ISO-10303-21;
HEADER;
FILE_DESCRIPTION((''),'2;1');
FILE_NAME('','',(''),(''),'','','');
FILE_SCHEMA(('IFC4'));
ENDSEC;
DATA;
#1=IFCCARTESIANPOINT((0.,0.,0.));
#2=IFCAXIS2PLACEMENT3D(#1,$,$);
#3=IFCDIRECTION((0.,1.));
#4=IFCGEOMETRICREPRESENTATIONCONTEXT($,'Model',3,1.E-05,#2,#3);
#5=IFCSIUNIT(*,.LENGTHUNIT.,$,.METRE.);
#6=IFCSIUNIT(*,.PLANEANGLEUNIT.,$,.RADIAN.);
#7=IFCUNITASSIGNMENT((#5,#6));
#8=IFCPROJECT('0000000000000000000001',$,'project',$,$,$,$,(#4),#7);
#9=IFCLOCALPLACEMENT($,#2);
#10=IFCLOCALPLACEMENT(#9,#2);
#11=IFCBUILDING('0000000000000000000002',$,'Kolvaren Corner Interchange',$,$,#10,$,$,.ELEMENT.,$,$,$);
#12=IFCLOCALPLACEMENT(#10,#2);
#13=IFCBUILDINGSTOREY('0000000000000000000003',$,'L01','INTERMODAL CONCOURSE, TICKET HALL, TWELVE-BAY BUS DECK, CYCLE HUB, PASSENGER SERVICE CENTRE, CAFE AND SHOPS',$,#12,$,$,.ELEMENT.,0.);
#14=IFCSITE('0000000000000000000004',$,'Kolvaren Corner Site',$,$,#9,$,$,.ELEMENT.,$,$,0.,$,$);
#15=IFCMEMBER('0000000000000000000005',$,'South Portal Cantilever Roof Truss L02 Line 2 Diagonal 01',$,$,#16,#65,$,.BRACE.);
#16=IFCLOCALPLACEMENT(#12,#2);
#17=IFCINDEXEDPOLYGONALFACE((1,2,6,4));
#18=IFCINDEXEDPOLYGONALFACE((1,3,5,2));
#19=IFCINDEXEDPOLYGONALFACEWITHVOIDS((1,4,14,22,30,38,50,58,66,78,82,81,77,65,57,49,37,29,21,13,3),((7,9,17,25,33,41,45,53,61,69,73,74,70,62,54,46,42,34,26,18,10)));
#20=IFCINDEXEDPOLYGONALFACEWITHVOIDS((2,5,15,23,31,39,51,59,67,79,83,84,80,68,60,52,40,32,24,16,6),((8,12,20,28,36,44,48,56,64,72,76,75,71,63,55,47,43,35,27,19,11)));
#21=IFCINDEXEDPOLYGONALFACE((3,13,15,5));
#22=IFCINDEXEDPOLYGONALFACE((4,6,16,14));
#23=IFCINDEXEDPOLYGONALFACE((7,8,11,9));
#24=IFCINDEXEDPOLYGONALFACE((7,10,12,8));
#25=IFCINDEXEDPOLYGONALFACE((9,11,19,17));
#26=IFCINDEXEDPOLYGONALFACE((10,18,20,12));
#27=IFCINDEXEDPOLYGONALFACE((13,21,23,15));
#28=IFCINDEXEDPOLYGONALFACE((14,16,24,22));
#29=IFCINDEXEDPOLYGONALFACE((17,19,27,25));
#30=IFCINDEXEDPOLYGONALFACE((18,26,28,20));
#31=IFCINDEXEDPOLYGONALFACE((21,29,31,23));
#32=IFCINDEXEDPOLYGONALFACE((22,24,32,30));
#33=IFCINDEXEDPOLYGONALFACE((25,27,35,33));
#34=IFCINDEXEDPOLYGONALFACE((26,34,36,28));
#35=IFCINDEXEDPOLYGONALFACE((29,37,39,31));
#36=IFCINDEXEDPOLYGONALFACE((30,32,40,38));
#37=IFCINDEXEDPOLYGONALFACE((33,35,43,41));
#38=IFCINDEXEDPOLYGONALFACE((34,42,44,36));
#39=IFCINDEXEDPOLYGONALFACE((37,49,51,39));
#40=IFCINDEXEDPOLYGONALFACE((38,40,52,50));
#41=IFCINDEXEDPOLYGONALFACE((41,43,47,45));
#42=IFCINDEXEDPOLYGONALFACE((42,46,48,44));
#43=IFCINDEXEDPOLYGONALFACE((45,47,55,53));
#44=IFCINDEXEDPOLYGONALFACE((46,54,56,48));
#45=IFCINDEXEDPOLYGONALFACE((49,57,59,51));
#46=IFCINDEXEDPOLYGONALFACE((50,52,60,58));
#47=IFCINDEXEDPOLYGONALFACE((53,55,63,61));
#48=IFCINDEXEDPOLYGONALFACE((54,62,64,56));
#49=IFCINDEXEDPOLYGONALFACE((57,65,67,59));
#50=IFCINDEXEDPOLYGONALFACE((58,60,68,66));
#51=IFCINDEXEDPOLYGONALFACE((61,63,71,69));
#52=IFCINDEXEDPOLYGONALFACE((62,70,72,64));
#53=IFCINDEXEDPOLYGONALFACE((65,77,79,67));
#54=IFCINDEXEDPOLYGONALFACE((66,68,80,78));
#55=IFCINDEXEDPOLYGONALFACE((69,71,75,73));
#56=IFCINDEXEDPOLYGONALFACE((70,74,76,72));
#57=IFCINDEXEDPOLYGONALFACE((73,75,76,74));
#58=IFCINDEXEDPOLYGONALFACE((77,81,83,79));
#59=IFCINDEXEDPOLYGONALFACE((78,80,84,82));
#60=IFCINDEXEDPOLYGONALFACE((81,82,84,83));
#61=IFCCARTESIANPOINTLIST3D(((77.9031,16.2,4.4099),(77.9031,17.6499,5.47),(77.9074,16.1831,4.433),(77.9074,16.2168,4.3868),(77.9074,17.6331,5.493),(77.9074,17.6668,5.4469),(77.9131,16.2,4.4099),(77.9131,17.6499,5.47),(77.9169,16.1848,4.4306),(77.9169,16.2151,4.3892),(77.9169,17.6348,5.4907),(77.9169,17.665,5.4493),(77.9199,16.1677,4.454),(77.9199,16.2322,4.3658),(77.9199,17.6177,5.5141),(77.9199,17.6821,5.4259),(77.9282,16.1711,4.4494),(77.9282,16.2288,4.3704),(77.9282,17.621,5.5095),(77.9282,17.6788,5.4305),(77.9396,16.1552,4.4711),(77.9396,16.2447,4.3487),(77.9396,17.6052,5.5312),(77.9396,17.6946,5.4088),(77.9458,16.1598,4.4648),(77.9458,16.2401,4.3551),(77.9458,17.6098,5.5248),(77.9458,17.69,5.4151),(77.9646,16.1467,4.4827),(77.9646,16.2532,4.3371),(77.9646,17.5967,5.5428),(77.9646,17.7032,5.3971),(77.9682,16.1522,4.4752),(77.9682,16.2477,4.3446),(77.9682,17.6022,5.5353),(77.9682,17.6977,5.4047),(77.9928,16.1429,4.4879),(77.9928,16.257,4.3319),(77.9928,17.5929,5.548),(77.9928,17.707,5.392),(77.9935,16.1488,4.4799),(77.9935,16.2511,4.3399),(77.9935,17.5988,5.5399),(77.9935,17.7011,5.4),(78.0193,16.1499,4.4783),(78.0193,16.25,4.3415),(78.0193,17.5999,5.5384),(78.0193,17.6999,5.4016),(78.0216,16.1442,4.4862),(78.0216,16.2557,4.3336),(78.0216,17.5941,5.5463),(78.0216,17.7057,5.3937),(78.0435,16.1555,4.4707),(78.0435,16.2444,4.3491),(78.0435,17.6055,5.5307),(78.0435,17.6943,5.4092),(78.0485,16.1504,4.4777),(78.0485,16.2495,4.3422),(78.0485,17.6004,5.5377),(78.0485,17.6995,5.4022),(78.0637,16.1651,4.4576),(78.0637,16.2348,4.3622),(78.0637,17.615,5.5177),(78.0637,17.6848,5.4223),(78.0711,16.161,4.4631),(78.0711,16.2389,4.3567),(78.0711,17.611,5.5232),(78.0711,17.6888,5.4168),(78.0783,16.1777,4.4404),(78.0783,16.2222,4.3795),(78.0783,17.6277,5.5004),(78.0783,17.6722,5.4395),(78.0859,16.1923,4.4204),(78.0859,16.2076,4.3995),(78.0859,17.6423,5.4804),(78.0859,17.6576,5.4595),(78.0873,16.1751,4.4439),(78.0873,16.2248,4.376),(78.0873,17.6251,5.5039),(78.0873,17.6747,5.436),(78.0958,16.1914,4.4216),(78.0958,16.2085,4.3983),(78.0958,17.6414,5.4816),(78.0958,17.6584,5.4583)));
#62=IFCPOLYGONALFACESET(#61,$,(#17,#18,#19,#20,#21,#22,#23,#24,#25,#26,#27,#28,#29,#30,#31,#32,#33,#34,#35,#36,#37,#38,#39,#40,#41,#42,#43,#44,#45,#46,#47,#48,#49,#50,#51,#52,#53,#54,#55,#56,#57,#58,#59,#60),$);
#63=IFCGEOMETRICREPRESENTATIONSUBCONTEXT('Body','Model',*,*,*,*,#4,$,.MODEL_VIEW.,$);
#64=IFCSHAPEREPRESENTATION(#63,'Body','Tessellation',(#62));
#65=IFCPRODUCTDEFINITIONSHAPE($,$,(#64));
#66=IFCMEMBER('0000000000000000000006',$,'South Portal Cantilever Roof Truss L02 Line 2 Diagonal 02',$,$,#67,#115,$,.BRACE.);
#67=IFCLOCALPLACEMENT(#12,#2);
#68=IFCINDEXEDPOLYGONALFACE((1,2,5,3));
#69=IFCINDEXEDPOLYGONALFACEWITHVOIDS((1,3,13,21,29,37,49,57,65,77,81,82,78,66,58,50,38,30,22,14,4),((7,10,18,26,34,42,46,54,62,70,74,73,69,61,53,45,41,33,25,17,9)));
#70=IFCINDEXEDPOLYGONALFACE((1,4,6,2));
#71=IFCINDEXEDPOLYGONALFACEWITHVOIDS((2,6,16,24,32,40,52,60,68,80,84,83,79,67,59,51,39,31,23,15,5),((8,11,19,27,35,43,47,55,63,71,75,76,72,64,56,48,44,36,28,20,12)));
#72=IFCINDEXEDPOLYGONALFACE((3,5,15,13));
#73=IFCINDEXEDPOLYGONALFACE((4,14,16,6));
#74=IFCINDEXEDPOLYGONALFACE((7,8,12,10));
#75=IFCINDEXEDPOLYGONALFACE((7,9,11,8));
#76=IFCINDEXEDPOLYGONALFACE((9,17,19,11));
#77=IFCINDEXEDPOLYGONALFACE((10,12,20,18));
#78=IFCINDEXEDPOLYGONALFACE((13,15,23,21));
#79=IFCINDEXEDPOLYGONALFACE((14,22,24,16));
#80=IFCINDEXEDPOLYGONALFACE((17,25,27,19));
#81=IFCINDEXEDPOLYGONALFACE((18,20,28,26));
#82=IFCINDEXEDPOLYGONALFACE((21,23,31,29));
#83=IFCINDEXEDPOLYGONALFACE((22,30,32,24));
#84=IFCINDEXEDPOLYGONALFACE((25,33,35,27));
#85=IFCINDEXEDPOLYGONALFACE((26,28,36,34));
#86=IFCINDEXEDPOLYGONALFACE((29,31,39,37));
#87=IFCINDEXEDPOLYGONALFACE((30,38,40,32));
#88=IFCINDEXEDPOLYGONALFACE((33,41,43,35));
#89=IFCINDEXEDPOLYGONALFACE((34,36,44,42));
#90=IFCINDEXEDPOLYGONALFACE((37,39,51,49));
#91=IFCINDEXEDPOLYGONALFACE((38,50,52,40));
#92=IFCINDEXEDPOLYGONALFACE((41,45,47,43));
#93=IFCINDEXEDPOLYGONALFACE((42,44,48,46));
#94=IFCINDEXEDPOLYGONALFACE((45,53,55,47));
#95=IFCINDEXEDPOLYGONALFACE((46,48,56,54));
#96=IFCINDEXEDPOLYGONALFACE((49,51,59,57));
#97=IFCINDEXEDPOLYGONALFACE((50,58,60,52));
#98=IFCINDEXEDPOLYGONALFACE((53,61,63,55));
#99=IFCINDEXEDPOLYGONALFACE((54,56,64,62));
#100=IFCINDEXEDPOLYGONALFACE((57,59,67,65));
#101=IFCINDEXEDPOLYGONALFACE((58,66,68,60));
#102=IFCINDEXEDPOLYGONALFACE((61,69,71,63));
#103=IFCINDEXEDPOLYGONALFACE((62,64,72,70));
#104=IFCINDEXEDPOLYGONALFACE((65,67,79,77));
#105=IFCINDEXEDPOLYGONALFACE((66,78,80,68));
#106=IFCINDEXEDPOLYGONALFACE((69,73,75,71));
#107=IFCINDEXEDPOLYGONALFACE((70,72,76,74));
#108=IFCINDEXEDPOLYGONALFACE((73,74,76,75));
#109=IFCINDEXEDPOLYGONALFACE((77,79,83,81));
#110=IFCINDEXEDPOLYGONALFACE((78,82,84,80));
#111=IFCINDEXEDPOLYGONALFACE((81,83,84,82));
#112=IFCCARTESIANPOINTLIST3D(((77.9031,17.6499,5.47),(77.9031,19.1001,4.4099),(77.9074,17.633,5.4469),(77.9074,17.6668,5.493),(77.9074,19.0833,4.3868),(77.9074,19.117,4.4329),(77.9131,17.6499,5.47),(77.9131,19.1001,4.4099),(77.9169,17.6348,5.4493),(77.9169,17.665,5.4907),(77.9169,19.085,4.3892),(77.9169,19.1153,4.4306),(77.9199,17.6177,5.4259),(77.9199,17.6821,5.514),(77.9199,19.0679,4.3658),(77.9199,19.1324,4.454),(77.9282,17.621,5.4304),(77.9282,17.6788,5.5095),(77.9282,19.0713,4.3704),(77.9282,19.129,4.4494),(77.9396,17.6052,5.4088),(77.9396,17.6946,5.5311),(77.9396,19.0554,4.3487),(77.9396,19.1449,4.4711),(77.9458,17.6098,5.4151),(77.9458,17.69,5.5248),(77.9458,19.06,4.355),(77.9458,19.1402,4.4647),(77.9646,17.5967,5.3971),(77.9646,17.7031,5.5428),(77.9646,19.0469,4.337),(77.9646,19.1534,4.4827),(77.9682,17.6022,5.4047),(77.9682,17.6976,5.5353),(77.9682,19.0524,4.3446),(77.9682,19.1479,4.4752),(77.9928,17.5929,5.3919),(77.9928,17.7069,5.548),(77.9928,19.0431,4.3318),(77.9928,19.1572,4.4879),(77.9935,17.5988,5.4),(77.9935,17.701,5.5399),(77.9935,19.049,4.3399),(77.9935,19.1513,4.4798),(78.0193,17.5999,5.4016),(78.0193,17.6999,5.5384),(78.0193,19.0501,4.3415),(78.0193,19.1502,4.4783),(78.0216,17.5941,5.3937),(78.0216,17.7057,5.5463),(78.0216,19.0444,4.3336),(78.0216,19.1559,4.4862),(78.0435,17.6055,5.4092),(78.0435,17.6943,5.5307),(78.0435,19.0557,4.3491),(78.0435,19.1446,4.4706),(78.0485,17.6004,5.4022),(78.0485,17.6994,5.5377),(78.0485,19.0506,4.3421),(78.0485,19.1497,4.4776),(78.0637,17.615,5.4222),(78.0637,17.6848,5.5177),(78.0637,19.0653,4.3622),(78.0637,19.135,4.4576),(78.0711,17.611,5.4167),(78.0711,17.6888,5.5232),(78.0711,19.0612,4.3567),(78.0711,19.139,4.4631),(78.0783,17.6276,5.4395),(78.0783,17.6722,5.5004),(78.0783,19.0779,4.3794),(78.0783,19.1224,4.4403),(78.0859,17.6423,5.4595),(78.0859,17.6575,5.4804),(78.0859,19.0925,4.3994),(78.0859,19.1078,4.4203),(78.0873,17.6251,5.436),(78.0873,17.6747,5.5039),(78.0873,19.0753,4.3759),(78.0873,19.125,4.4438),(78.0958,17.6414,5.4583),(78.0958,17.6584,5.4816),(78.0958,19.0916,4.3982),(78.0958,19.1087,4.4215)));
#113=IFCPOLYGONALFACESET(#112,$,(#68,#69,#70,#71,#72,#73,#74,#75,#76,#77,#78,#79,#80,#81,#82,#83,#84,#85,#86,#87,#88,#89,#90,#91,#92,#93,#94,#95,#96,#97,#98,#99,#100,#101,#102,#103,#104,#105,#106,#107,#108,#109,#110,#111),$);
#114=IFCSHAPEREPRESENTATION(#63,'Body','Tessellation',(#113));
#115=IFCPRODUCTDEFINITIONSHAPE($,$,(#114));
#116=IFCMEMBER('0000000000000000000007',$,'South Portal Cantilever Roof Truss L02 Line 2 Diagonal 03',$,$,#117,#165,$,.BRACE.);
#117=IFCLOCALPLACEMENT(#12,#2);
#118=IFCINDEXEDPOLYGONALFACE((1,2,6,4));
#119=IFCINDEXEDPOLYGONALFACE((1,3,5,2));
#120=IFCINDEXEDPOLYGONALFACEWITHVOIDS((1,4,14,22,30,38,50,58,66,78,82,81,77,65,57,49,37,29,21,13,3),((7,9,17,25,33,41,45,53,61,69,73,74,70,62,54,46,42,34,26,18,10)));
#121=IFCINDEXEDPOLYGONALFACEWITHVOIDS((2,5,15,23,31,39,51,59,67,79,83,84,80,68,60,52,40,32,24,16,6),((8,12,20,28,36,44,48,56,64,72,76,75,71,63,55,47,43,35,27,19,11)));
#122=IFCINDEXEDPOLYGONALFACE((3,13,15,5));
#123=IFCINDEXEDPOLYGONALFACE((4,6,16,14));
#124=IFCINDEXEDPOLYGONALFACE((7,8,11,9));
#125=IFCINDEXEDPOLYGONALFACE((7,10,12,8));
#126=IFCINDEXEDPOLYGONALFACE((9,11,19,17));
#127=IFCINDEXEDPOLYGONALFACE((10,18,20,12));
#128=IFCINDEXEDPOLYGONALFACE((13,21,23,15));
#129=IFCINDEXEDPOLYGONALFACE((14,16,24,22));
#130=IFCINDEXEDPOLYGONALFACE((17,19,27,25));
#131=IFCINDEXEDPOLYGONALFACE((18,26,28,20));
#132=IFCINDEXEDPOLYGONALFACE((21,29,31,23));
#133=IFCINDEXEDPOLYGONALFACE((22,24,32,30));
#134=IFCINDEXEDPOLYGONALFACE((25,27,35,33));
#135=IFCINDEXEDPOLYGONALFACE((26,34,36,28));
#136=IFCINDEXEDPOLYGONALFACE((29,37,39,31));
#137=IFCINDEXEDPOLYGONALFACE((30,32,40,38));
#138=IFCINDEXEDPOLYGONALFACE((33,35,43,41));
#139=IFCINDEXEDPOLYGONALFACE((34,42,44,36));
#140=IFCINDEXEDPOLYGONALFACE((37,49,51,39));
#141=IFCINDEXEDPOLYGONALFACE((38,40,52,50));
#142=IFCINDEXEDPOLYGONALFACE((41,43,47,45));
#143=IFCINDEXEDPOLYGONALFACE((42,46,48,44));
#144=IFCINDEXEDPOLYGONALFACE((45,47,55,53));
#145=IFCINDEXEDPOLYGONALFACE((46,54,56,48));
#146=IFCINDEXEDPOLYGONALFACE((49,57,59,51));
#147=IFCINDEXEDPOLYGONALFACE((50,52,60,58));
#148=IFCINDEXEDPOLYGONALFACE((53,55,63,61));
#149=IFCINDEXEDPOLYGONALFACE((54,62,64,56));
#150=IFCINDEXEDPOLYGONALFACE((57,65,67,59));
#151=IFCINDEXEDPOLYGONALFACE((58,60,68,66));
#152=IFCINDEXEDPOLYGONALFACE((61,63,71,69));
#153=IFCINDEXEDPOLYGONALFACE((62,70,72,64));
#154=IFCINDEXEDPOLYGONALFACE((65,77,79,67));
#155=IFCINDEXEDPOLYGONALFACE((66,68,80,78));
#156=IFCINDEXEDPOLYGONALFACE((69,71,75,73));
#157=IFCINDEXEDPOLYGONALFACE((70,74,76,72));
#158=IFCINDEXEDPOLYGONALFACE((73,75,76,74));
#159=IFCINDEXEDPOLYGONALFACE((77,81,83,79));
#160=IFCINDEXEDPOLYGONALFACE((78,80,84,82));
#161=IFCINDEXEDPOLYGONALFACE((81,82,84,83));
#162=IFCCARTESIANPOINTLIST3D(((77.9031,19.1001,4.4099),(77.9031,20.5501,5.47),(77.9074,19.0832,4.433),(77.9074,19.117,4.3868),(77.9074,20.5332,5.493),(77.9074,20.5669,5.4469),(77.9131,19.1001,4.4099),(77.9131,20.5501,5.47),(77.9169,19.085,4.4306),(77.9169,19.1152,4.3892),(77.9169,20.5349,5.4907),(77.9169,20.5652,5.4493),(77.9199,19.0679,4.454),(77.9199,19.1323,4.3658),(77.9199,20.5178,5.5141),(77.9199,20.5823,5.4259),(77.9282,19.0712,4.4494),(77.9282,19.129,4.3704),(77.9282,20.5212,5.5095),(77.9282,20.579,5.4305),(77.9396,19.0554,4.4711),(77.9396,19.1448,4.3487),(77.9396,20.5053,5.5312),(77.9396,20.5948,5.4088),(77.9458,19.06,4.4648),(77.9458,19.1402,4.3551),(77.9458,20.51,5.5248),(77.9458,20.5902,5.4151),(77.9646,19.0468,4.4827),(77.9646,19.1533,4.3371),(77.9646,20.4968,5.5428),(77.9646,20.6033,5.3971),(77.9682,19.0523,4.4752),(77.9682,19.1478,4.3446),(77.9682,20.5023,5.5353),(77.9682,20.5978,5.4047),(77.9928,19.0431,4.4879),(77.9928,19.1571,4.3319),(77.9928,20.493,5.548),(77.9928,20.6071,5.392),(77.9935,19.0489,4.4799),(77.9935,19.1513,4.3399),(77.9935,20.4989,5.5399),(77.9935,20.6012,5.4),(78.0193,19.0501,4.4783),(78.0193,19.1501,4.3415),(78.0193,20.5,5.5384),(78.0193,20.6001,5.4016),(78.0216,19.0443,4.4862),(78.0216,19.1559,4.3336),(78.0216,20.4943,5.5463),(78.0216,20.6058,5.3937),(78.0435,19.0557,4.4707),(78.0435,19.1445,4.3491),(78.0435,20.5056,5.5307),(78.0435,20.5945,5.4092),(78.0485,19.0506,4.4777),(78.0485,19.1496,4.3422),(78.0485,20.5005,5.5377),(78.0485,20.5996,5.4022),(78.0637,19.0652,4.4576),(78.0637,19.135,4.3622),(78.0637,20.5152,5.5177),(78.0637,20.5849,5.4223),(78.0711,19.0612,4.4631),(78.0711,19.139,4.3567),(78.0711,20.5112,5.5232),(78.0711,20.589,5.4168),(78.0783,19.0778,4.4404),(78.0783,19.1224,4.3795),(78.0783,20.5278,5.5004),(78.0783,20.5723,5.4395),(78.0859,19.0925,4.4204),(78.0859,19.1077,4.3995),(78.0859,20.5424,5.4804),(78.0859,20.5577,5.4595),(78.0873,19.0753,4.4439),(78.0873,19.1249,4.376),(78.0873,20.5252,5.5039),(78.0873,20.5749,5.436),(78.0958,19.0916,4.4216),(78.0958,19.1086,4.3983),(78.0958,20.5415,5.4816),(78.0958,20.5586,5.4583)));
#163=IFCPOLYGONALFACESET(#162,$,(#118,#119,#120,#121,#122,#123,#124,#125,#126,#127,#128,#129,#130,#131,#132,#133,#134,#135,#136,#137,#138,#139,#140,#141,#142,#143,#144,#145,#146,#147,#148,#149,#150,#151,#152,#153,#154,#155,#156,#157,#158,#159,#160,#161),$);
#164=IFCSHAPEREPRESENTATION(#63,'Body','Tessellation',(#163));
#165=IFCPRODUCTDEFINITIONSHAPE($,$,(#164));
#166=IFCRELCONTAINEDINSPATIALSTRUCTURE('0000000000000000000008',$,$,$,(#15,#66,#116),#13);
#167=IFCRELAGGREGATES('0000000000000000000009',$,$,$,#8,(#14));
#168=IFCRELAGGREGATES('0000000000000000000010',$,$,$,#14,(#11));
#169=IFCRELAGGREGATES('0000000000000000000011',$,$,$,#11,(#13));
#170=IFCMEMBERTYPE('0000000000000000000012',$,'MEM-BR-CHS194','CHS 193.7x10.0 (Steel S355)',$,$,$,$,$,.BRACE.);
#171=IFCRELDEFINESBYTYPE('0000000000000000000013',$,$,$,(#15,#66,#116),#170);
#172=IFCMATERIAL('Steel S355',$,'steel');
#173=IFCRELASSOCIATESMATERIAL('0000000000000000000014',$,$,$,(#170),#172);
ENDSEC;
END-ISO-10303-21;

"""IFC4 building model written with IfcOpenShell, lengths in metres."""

from ifc_helpers import new_model, si_unit, direction, frame, origin, origin_2d, place, context, subcontext, project, spatial, hollow_circle, extrude, material, material_profile, profile_set, type_object, element, save


model = new_model("IFC4")

# Units and contexts
model_context = context("Model", 3, precision=1e-05, world=origin(), true_north=direction((0.0, 1.0)))
body_context = subcontext(model_context, "Body", "Model", "MODEL_VIEW")
ifc_project = project(units=[si_unit("LENGTHUNIT", "METRE"), si_unit("PLANEANGLEUNIT", "RADIAN")], contexts=[model_context])

# Site, building, storey
site_placement = place(None, origin())
site = spatial("IfcSite", under=ifc_project, at=site_placement, Name="Kolvaren Corner Site", CompositionType="ELEMENT", RefElevation=0.0)
building_placement = place(site_placement, origin())
building = spatial("IfcBuilding", under=site, at=building_placement, Name="Kolvaren Corner Interchange", CompositionType="ELEMENT")
storey_placement = place(building_placement, origin())
storey = spatial("IfcBuildingStorey", under=building, at=storey_placement, Name="L01", Description="INTERMODAL CONCOURSE, TICKET HALL, TWELVE-BAY BUS DECK, CYCLE HUB, PASSENGER SERVICE CENTRE, CAFE AND SHOPS", CompositionType="ELEMENT", Elevation=0.0)

# Members
ifc_material_1 = material(Name="Steel S355", Category="steel")
ifc_material_profile_1 = material_profile(ifc_material_1, hollow_circle(Radius=0.0969, WallThickness=0.01, at=origin_2d()), Name="CHS 193.7x10.0")
ifc_profile_set_1 = profile_set([ifc_material_profile_1], Name="Steel S355")
member_type_1 = type_object("IfcMemberType", Name="MEM-BR-CHS194", Description="CHS 193.7x10.0 (Steel S355)", PredefinedType="BRACE", material=ifc_profile_set_1)
member_1_placement = place(storey_placement, frame((78.0, 16.2, 4.4099), z_axis=(0.0, 0.807264, 0.59019), x_axis=(-1.0, 0.0, 0.0)))
element("IfcMember", 1, at=member_1_placement, inside=storey, type_object=member_type_1, Name="South Portal Cantilever Roof Truss L02 Line 2 Diagonal 01", PredefinedType="BRACE", context=body_context, shape_type="SweptSolid", body=[
    extrude(hollow_circle(Radius=0.0969, WallThickness=0.01, at=origin_2d()), origin(), (0.0, 0.0, 1.0), 1.7961),
])
member_2_placement = place(storey_placement, frame((78.0, 17.6499, 5.47), z_axis=(0.0, 0.807311, -0.590126), x_axis=(-1.0, 0.0, 0.0)))
element("IfcMember", 2, at=member_2_placement, inside=storey, type_object=member_type_1, Name="South Portal Cantilever Roof Truss L02 Line 2 Diagonal 02", PredefinedType="BRACE", context=body_context, shape_type="SweptSolid", body=[
    extrude(hollow_circle(Radius=0.0969, WallThickness=0.01, at=origin_2d()), origin(), (0.0, 0.0, 1.0), 1.7964),
])
for number, where, z_axis, x_axis, name in (
    (3, (78.0, 19.1001, 4.4099), (0.0, 0.807264, 0.59019), (-1.0, 0.0, 0.0), "South Portal Cantilever Roof Truss L02 Line 2 Diagonal 03"),
):
    element("IfcMember", number, at=place(storey_placement, frame(where, z_axis=z_axis, x_axis=x_axis)), inside=storey, type_object=member_type_1, Name=name, PredefinedType="BRACE", context=body_context, shape_type="SweptSolid", body=[
        extrude(hollow_circle(Radius=0.0969, WallThickness=0.01, at=origin_2d()), origin(), (0.0, 0.0, 1.0), 1.7961),
    ])

save(model, "model.ifc")
